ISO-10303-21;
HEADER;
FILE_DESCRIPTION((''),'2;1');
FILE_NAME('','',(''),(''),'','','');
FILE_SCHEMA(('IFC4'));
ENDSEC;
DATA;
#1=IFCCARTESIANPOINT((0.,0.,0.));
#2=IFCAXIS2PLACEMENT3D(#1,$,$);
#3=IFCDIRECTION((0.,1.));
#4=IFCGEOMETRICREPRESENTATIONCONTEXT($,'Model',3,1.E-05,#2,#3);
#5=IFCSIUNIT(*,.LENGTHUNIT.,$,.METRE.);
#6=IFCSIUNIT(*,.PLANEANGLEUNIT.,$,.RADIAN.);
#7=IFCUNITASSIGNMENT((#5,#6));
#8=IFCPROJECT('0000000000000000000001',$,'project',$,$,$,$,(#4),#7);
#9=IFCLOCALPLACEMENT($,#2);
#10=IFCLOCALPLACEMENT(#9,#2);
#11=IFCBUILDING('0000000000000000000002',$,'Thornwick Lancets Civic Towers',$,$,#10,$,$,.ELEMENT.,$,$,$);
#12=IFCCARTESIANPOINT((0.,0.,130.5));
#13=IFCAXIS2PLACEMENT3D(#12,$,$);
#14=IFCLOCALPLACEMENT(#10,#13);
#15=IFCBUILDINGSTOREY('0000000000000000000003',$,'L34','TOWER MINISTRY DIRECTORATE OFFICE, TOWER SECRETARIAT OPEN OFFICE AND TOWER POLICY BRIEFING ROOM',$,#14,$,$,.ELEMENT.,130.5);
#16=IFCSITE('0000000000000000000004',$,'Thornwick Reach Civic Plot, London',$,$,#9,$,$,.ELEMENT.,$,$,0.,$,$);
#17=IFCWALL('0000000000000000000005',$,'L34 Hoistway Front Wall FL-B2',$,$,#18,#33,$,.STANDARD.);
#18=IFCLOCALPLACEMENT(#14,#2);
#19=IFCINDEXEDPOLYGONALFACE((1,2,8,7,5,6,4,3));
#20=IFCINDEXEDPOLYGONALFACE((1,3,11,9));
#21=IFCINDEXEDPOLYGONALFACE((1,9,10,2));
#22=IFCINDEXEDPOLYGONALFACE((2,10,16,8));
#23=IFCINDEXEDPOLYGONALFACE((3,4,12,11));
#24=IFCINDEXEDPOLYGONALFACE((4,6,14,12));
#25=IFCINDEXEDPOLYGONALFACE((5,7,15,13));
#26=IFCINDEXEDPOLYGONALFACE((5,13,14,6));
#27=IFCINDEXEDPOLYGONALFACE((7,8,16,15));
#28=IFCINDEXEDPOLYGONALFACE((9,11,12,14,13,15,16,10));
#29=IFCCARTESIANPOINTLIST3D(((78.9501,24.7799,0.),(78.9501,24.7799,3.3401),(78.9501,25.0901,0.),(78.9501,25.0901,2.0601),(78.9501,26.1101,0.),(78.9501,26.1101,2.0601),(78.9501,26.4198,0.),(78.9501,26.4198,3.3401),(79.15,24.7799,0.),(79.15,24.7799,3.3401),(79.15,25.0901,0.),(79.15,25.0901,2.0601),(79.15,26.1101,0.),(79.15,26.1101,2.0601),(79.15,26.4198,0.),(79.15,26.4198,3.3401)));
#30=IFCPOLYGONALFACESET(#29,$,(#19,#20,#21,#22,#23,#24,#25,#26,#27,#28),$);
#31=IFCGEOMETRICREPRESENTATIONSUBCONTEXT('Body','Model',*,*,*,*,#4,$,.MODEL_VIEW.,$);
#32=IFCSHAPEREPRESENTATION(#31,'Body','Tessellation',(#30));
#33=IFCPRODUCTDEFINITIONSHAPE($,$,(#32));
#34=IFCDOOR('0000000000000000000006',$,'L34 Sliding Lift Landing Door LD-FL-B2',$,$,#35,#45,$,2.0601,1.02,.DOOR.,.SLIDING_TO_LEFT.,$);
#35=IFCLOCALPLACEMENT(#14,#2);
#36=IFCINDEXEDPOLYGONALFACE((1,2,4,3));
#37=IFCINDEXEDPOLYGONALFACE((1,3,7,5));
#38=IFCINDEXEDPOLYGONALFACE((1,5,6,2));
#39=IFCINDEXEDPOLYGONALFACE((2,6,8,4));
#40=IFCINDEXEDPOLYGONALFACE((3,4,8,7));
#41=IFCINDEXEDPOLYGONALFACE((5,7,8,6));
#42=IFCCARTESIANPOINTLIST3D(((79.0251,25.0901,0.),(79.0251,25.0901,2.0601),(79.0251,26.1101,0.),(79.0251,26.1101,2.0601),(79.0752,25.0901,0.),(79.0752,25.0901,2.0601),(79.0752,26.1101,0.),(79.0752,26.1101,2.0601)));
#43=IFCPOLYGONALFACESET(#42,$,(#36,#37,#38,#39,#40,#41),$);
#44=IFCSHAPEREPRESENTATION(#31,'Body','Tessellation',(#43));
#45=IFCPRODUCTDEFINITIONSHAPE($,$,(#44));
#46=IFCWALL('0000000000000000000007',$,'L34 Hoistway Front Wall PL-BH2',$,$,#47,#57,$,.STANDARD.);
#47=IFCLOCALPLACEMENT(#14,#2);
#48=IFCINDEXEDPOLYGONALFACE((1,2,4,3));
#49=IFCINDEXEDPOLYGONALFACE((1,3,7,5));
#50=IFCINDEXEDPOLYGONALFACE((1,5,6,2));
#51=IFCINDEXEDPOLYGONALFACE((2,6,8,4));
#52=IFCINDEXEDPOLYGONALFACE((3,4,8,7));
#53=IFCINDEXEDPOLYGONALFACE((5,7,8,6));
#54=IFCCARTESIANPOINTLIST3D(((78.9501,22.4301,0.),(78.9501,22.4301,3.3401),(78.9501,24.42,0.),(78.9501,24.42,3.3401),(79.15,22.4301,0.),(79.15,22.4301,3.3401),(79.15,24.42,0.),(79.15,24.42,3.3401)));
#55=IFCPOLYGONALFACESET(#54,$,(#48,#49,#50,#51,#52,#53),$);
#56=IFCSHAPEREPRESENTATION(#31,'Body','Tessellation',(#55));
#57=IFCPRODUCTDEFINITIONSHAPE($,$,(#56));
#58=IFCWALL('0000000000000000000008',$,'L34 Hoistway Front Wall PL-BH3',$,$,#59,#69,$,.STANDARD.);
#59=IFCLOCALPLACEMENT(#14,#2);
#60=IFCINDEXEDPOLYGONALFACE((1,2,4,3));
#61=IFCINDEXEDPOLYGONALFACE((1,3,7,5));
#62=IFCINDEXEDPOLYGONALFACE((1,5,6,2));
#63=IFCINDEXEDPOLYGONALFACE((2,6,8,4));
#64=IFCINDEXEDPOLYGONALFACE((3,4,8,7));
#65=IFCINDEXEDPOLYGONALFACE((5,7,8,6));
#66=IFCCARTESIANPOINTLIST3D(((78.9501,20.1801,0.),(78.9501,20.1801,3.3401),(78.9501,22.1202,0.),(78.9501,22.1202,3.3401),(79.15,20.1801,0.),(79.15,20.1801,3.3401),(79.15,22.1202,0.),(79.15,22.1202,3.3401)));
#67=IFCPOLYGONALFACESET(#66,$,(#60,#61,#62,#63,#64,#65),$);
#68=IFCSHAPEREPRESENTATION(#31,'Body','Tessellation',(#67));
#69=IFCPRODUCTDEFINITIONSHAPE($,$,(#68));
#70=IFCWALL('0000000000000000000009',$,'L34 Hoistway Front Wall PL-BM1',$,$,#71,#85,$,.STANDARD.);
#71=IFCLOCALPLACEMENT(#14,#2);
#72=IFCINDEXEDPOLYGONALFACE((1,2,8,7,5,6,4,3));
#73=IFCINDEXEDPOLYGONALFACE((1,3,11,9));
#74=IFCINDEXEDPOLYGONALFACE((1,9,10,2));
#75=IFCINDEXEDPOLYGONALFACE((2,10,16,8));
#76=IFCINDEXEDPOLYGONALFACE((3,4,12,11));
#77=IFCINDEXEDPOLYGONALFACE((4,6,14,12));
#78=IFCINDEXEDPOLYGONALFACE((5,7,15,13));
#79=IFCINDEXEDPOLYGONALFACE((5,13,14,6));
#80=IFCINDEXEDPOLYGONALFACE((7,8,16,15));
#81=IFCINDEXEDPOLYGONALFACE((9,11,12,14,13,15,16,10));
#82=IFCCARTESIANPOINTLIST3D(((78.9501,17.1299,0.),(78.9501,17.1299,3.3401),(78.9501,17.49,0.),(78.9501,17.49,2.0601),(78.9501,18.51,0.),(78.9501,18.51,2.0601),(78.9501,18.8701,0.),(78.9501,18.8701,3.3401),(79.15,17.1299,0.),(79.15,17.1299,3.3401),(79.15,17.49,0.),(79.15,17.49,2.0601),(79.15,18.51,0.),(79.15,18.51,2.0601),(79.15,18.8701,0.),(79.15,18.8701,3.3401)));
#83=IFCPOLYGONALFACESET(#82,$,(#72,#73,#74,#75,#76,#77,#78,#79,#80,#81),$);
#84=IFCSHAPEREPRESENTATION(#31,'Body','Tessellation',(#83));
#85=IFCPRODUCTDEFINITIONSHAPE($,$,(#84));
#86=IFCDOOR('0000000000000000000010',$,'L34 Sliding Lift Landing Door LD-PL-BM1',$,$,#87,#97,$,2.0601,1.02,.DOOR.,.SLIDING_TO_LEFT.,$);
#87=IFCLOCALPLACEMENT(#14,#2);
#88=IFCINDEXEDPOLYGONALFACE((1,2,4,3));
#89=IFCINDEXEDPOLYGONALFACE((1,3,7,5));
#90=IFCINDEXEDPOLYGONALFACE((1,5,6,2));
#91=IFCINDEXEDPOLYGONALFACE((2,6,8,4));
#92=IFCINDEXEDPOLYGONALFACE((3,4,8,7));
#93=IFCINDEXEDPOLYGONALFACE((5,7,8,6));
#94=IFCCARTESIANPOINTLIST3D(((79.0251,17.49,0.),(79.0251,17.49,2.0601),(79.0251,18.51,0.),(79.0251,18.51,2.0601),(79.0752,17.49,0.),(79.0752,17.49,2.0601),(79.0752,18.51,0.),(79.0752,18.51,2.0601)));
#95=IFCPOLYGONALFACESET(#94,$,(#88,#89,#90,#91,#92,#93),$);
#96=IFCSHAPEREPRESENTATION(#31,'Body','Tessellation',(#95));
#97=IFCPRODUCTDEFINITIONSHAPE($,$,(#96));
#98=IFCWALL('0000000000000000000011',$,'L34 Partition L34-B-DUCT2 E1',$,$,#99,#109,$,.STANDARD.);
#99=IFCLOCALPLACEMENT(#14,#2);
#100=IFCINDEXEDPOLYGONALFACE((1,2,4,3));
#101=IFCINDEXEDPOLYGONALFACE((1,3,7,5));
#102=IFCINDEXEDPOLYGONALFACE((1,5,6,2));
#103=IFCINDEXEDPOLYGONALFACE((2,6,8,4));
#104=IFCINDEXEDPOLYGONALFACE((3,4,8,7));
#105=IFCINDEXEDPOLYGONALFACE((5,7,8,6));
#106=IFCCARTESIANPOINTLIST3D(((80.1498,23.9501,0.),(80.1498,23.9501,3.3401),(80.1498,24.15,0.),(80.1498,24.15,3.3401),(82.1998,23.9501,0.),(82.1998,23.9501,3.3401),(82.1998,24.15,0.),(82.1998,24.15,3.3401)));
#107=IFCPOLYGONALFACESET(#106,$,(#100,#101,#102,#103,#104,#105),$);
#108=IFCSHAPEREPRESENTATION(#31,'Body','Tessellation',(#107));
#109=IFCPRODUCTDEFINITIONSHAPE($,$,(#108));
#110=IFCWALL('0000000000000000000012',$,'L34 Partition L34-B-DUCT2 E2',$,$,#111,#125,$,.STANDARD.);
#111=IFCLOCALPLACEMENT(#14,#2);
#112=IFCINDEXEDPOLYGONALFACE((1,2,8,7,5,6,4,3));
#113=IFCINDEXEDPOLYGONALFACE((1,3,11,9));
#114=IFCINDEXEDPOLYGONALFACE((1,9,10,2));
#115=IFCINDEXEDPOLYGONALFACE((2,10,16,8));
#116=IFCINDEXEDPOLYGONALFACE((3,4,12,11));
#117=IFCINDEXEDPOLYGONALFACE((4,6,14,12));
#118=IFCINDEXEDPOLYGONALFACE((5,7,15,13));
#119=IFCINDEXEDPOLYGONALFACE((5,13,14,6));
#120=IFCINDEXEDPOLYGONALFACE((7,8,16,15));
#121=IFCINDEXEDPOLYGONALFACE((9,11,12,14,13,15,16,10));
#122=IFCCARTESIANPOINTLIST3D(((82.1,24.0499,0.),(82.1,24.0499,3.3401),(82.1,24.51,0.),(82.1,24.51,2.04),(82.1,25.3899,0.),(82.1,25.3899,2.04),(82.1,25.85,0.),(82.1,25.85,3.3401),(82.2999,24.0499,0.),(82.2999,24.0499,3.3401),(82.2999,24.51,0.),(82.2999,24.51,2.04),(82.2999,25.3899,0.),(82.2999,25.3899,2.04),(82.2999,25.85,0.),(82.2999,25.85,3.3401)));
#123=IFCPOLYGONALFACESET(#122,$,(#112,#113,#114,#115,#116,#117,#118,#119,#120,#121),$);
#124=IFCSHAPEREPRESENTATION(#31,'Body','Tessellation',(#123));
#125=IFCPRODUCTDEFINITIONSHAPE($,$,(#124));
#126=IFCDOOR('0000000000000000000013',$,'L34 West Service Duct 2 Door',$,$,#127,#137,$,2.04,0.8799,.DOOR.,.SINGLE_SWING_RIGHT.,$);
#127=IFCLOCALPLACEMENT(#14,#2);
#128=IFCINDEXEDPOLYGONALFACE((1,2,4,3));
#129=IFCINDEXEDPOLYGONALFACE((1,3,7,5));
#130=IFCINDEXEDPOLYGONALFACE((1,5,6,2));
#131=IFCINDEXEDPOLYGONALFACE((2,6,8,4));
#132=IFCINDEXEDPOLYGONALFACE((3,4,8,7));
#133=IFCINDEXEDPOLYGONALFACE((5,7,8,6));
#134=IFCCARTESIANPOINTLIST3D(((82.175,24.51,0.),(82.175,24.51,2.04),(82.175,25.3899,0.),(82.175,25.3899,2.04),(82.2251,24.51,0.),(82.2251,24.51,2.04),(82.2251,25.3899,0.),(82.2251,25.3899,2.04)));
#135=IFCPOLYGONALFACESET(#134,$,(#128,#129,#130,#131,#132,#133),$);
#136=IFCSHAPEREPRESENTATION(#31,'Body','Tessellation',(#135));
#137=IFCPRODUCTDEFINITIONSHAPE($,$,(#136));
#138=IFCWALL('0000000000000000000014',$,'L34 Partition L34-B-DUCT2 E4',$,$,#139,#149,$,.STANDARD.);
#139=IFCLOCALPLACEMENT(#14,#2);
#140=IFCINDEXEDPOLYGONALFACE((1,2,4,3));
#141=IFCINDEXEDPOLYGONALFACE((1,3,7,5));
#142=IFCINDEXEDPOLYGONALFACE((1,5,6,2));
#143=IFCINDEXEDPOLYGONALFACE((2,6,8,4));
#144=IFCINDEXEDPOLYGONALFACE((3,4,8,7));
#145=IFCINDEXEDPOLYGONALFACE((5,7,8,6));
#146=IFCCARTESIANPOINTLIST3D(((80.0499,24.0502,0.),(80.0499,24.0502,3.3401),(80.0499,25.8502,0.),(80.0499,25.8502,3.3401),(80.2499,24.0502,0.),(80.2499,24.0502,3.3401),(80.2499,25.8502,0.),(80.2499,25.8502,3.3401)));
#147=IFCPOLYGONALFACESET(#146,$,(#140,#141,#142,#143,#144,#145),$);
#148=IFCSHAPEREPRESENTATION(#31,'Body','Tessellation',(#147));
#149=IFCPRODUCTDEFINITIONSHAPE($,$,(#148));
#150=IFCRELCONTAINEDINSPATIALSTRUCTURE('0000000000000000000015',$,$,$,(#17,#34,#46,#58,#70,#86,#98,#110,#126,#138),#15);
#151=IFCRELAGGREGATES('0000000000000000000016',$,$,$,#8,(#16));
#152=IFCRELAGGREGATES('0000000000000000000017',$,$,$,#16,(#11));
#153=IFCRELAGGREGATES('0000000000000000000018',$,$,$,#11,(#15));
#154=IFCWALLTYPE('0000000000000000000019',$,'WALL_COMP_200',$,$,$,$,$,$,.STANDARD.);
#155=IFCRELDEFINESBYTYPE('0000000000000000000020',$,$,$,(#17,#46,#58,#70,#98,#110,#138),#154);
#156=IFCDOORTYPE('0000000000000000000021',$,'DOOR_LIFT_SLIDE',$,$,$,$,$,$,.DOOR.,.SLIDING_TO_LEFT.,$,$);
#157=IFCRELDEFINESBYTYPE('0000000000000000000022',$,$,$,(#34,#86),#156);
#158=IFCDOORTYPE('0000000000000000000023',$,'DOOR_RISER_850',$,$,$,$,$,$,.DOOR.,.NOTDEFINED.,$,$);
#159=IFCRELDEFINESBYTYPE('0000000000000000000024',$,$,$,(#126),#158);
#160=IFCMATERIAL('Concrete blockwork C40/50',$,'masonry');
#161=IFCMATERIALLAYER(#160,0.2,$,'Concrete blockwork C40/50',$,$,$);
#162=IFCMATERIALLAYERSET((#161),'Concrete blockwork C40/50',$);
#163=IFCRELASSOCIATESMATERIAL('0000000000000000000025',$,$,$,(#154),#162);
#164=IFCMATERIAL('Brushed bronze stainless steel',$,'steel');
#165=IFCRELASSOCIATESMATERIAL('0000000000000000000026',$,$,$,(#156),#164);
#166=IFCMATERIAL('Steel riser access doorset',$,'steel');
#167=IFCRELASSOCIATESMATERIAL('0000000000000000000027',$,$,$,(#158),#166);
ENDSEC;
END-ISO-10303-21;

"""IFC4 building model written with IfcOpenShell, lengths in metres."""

from ifc_helpers import new_model, si_unit, direction, frame, frame_2d, origin, place, context, subcontext, project, spatial, rectangle, extrude, material, layer, layer_set, type_object, element, fill, save


model = new_model("IFC4")

# Units and contexts
model_context = context("Model", 3, precision=1e-05, world=origin(), true_north=direction((0.0, 1.0)))
body_context = subcontext(model_context, "Body", "Model", "MODEL_VIEW")
ifc_project = project(units=[si_unit("LENGTHUNIT", "METRE"), si_unit("PLANEANGLEUNIT", "RADIAN")], contexts=[model_context])

# Site, building, storey
site_placement = place(None, origin())
site = spatial("IfcSite", under=ifc_project, at=site_placement, Name="Thornwick Reach Civic Plot, London", CompositionType="ELEMENT", RefElevation=0.0)
building_placement = place(site_placement, origin())
building = spatial("IfcBuilding", under=site, at=building_placement, Name="Thornwick Lancets Civic Towers", CompositionType="ELEMENT")
storey_placement = place(building_placement, frame((0.0, 0.0, 130.5)))
storey = spatial("IfcBuildingStorey", under=building, at=storey_placement, Name="L34", Description="TOWER MINISTRY DIRECTORATE OFFICE, TOWER SECRETARIAT OPEN OFFICE AND TOWER POLICY BRIEFING ROOM", CompositionType="ELEMENT", Elevation=130.5)

# Wall, opening, door
ifc_material_1 = material(Name="Concrete blockwork C40/50", Category="masonry")
ifc_layer_1 = layer(ifc_material_1, 0.2, Name="Concrete blockwork C40/50")
ifc_layer_set_1 = layer_set([ifc_layer_1], Name="Concrete blockwork C40/50")
wall_type_1 = type_object("IfcWallType", Name="WALL_COMP_200", PredefinedType="STANDARD", material=ifc_layer_set_1)
wall_1_placement = place(storey_placement, frame((79.05, 24.78, 0.0), z_axis=(0.0, 0.0, 1.0), x_axis=(0.0, 1.0, 0.0)))
wall_1 = element("IfcWall", 1, at=wall_1_placement, inside=storey, type_object=wall_type_1, Name="L34 Hoistway Front Wall FL-B2", PredefinedType="STANDARD", context=body_context, shape_type="SweptSolid", body=[
    extrude(rectangle(XDim=1.6399, YDim=0.2, at=frame_2d((0.8198, 0.0))), origin(), (0.0, 0.0, 1.0), 3.3401),
])
opening_1_placement = place(wall_1_placement, frame((0.3101, 0.0, 0.0)))
opening_1 = element("IfcOpeningElement", 2, at=opening_1_placement, cuts=wall_1, PredefinedType="OPENING", context=body_context, shape_type="SweptSolid", body=[
    extrude(rectangle(XDim=1.02, YDim=2.0601, at=frame_2d((0.51, 1.03))), frame((0.0, 0.1099, 0.0), z_axis=(0.0, -1.0, 0.0), x_axis=(1.0, 0.0, 0.0)), (0.0, 0.0, 1.0), 0.22),
])
ifc_material_2 = material(Name="Brushed bronze stainless steel", Category="steel")
door_type_1 = type_object("IfcDoorType", Name="DOOR_LIFT_SLIDE", OperationType="SLIDING_TO_LEFT", PredefinedType="DOOR", material=ifc_material_2)
door_1_placement = place(opening_1_placement, origin())
door_1 = element("IfcDoor", 3, at=door_1_placement, inside=storey, type_object=door_type_1, Name="L34 Sliding Lift Landing Door LD-FL-B2", OperationType="SLIDING_TO_LEFT", OverallHeight=2.0601, OverallWidth=1.02, PredefinedType="DOOR", context=body_context, shape_type="SweptSolid", body=[
    extrude(rectangle(XDim=1.02, YDim=2.0601, at=frame_2d((0.51, 1.03))), frame((0.0, 0.0249, 0.0), z_axis=(0.0, -1.0, 0.0), x_axis=(1.0, 0.0, 0.0)), (0.0, 0.0, 1.0), 0.05),
])
fill(opening_1, door_1)

# Walls
wall_2_placement = place(storey_placement, frame((79.05, 22.4299, 0.0), z_axis=(0.0, 0.0, 1.0), x_axis=(0.0, 1.0, 0.0)))
element("IfcWall", 4, at=wall_2_placement, inside=storey, type_object=wall_type_1, Name="L34 Hoistway Front Wall PL-BH2", PredefinedType="STANDARD", context=body_context, shape_type="SweptSolid", body=[
    extrude(rectangle(XDim=1.99, YDim=0.2, at=frame_2d((0.9951, 0.0))), origin(), (0.0, 0.0, 1.0), 3.3401),
])
wall_3_placement = place(storey_placement, frame((79.05, 20.1799, 0.0), z_axis=(0.0, 0.0, 1.0), x_axis=(0.0, 1.0, 0.0)))
element("IfcWall", 5, at=wall_3_placement, inside=storey, type_object=wall_type_1, Name="L34 Hoistway Front Wall PL-BH3", PredefinedType="STANDARD", context=body_context, shape_type="SweptSolid", body=[
    extrude(rectangle(XDim=1.9402, YDim=0.2, at=frame_2d((0.9702, 0.0))), origin(), (0.0, 0.0, 1.0), 3.3401),
])

# Wall, opening, door
wall_4_placement = place(storey_placement, frame((79.05, 17.1299, 0.0), z_axis=(0.0, 0.0, 1.0), x_axis=(0.0, 1.0, 0.0)))
wall_4 = element("IfcWall", 6, at=wall_4_placement, inside=storey, type_object=wall_type_1, Name="L34 Hoistway Front Wall PL-BM1", PredefinedType="STANDARD", context=body_context, shape_type="SweptSolid", body=[
    extrude(rectangle(XDim=1.7402, YDim=0.2, at=frame_2d((0.8701, 0.0))), origin(), (0.0, 0.0, 1.0), 3.3401),
])
opening_2_placement = place(wall_4_placement, frame((0.3601, 0.0, 0.0)))
opening_2 = element("IfcOpeningElement", 7, at=opening_2_placement, cuts=wall_4, PredefinedType="OPENING", context=body_context, shape_type="SweptSolid", body=[
    extrude(rectangle(XDim=1.02, YDim=2.0601, at=frame_2d((0.51, 1.03))), frame((0.0, 0.1099, 0.0), z_axis=(0.0, -1.0, 0.0), x_axis=(1.0, 0.0, 0.0)), (0.0, 0.0, 1.0), 0.22),
])
door_2_placement = place(opening_2_placement, origin())
door_2 = element("IfcDoor", 8, at=door_2_placement, inside=storey, type_object=door_type_1, Name="L34 Sliding Lift Landing Door LD-PL-BM1", OperationType="SLIDING_TO_LEFT", OverallHeight=2.0601, OverallWidth=1.02, PredefinedType="DOOR", context=body_context, shape_type="SweptSolid", body=[
    extrude(rectangle(XDim=1.02, YDim=2.0601, at=frame_2d((0.51, 1.03))), frame((0.0, 0.0249, 0.0), z_axis=(0.0, -1.0, 0.0), x_axis=(1.0, 0.0, 0.0)), (0.0, 0.0, 1.0), 0.05),
])
fill(opening_2, door_2)

# Wall
wall_5_placement = place(storey_placement, frame((80.1499, 24.05, 0.0), z_axis=(0.0, 0.0, 1.0), x_axis=(1.0, 0.0, 0.0)))
element("IfcWall", 9, at=wall_5_placement, inside=storey, type_object=wall_type_1, Name="L34 Partition L34-B-DUCT2 E1", PredefinedType="STANDARD", context=body_context, shape_type="SweptSolid", body=[
    extrude(rectangle(XDim=2.05, YDim=0.2, at=frame_2d((1.0249, 0.0))), origin(), (0.0, 0.0, 1.0), 3.3401),
])

# Wall, opening, door
wall_6_placement = place(storey_placement, frame((82.2, 24.05, 0.0), z_axis=(0.0, 0.0, 1.0), x_axis=(0.0, 1.0, 0.0)))
wall_6 = element("IfcWall", 10, at=wall_6_placement, inside=storey, type_object=wall_type_1, Name="L34 Partition L34-B-DUCT2 E2", PredefinedType="STANDARD", context=body_context, shape_type="SweptSolid", body=[
    extrude(rectangle(XDim=1.8, YDim=0.2, at=frame_2d((0.8999, 0.0))), origin(), (0.0, 0.0, 1.0), 3.3401),
])
opening_3_placement = place(wall_6_placement, frame((0.46, 0.0, 0.0)))
opening_3 = element("IfcOpeningElement", 11, at=opening_3_placement, cuts=wall_6, PredefinedType="OPENING", context=body_context, shape_type="SweptSolid", body=[
    extrude(rectangle(XDim=0.8799, YDim=2.04, at=frame_2d((0.4399, 1.02))), frame((0.0, 0.1099, 0.0), z_axis=(0.0, -1.0, 0.0), x_axis=(1.0, 0.0, 0.0)), (0.0, 0.0, 1.0), 0.22),
])
ifc_material_3 = material(Name="Steel riser access doorset", Category="steel")
door_type_2 = type_object("IfcDoorType", Name="DOOR_RISER_850", OperationType="NOTDEFINED", PredefinedType="DOOR", material=ifc_material_3)
door_3_placement = place(opening_3_placement, origin())
door_3 = element("IfcDoor", 12, at=door_3_placement, inside=storey, type_object=door_type_2, Name="L34 West Service Duct 2 Door", OperationType="SINGLE_SWING_RIGHT", OverallHeight=2.04, OverallWidth=0.8799, PredefinedType="DOOR", context=body_context, shape_type="SweptSolid", body=[
    extrude(rectangle(XDim=0.8799, YDim=2.04, at=frame_2d((0.4399, 1.02))), frame((0.0, 0.0249, 0.0), z_axis=(0.0, -1.0, 0.0), x_axis=(1.0, 0.0, 0.0)), (0.0, 0.0, 1.0), 0.05),
])
fill(opening_3, door_3)

# Wall
wall_7_placement = place(storey_placement, frame((80.1499, 25.8501, 0.0), z_axis=(0.0, 0.0, 1.0), x_axis=(0.0, -1.0, 0.0)))
element("IfcWall", 13, at=wall_7_placement, inside=storey, type_object=wall_type_1, Name="L34 Partition L34-B-DUCT2 E4", PredefinedType="STANDARD", context=body_context, shape_type="SweptSolid", body=[
    extrude(rectangle(XDim=1.8, YDim=0.2, at=frame_2d((0.8999, 0.0))), origin(), (0.0, 0.0, 1.0), 3.3401),
])

save(model, "model.ifc")
